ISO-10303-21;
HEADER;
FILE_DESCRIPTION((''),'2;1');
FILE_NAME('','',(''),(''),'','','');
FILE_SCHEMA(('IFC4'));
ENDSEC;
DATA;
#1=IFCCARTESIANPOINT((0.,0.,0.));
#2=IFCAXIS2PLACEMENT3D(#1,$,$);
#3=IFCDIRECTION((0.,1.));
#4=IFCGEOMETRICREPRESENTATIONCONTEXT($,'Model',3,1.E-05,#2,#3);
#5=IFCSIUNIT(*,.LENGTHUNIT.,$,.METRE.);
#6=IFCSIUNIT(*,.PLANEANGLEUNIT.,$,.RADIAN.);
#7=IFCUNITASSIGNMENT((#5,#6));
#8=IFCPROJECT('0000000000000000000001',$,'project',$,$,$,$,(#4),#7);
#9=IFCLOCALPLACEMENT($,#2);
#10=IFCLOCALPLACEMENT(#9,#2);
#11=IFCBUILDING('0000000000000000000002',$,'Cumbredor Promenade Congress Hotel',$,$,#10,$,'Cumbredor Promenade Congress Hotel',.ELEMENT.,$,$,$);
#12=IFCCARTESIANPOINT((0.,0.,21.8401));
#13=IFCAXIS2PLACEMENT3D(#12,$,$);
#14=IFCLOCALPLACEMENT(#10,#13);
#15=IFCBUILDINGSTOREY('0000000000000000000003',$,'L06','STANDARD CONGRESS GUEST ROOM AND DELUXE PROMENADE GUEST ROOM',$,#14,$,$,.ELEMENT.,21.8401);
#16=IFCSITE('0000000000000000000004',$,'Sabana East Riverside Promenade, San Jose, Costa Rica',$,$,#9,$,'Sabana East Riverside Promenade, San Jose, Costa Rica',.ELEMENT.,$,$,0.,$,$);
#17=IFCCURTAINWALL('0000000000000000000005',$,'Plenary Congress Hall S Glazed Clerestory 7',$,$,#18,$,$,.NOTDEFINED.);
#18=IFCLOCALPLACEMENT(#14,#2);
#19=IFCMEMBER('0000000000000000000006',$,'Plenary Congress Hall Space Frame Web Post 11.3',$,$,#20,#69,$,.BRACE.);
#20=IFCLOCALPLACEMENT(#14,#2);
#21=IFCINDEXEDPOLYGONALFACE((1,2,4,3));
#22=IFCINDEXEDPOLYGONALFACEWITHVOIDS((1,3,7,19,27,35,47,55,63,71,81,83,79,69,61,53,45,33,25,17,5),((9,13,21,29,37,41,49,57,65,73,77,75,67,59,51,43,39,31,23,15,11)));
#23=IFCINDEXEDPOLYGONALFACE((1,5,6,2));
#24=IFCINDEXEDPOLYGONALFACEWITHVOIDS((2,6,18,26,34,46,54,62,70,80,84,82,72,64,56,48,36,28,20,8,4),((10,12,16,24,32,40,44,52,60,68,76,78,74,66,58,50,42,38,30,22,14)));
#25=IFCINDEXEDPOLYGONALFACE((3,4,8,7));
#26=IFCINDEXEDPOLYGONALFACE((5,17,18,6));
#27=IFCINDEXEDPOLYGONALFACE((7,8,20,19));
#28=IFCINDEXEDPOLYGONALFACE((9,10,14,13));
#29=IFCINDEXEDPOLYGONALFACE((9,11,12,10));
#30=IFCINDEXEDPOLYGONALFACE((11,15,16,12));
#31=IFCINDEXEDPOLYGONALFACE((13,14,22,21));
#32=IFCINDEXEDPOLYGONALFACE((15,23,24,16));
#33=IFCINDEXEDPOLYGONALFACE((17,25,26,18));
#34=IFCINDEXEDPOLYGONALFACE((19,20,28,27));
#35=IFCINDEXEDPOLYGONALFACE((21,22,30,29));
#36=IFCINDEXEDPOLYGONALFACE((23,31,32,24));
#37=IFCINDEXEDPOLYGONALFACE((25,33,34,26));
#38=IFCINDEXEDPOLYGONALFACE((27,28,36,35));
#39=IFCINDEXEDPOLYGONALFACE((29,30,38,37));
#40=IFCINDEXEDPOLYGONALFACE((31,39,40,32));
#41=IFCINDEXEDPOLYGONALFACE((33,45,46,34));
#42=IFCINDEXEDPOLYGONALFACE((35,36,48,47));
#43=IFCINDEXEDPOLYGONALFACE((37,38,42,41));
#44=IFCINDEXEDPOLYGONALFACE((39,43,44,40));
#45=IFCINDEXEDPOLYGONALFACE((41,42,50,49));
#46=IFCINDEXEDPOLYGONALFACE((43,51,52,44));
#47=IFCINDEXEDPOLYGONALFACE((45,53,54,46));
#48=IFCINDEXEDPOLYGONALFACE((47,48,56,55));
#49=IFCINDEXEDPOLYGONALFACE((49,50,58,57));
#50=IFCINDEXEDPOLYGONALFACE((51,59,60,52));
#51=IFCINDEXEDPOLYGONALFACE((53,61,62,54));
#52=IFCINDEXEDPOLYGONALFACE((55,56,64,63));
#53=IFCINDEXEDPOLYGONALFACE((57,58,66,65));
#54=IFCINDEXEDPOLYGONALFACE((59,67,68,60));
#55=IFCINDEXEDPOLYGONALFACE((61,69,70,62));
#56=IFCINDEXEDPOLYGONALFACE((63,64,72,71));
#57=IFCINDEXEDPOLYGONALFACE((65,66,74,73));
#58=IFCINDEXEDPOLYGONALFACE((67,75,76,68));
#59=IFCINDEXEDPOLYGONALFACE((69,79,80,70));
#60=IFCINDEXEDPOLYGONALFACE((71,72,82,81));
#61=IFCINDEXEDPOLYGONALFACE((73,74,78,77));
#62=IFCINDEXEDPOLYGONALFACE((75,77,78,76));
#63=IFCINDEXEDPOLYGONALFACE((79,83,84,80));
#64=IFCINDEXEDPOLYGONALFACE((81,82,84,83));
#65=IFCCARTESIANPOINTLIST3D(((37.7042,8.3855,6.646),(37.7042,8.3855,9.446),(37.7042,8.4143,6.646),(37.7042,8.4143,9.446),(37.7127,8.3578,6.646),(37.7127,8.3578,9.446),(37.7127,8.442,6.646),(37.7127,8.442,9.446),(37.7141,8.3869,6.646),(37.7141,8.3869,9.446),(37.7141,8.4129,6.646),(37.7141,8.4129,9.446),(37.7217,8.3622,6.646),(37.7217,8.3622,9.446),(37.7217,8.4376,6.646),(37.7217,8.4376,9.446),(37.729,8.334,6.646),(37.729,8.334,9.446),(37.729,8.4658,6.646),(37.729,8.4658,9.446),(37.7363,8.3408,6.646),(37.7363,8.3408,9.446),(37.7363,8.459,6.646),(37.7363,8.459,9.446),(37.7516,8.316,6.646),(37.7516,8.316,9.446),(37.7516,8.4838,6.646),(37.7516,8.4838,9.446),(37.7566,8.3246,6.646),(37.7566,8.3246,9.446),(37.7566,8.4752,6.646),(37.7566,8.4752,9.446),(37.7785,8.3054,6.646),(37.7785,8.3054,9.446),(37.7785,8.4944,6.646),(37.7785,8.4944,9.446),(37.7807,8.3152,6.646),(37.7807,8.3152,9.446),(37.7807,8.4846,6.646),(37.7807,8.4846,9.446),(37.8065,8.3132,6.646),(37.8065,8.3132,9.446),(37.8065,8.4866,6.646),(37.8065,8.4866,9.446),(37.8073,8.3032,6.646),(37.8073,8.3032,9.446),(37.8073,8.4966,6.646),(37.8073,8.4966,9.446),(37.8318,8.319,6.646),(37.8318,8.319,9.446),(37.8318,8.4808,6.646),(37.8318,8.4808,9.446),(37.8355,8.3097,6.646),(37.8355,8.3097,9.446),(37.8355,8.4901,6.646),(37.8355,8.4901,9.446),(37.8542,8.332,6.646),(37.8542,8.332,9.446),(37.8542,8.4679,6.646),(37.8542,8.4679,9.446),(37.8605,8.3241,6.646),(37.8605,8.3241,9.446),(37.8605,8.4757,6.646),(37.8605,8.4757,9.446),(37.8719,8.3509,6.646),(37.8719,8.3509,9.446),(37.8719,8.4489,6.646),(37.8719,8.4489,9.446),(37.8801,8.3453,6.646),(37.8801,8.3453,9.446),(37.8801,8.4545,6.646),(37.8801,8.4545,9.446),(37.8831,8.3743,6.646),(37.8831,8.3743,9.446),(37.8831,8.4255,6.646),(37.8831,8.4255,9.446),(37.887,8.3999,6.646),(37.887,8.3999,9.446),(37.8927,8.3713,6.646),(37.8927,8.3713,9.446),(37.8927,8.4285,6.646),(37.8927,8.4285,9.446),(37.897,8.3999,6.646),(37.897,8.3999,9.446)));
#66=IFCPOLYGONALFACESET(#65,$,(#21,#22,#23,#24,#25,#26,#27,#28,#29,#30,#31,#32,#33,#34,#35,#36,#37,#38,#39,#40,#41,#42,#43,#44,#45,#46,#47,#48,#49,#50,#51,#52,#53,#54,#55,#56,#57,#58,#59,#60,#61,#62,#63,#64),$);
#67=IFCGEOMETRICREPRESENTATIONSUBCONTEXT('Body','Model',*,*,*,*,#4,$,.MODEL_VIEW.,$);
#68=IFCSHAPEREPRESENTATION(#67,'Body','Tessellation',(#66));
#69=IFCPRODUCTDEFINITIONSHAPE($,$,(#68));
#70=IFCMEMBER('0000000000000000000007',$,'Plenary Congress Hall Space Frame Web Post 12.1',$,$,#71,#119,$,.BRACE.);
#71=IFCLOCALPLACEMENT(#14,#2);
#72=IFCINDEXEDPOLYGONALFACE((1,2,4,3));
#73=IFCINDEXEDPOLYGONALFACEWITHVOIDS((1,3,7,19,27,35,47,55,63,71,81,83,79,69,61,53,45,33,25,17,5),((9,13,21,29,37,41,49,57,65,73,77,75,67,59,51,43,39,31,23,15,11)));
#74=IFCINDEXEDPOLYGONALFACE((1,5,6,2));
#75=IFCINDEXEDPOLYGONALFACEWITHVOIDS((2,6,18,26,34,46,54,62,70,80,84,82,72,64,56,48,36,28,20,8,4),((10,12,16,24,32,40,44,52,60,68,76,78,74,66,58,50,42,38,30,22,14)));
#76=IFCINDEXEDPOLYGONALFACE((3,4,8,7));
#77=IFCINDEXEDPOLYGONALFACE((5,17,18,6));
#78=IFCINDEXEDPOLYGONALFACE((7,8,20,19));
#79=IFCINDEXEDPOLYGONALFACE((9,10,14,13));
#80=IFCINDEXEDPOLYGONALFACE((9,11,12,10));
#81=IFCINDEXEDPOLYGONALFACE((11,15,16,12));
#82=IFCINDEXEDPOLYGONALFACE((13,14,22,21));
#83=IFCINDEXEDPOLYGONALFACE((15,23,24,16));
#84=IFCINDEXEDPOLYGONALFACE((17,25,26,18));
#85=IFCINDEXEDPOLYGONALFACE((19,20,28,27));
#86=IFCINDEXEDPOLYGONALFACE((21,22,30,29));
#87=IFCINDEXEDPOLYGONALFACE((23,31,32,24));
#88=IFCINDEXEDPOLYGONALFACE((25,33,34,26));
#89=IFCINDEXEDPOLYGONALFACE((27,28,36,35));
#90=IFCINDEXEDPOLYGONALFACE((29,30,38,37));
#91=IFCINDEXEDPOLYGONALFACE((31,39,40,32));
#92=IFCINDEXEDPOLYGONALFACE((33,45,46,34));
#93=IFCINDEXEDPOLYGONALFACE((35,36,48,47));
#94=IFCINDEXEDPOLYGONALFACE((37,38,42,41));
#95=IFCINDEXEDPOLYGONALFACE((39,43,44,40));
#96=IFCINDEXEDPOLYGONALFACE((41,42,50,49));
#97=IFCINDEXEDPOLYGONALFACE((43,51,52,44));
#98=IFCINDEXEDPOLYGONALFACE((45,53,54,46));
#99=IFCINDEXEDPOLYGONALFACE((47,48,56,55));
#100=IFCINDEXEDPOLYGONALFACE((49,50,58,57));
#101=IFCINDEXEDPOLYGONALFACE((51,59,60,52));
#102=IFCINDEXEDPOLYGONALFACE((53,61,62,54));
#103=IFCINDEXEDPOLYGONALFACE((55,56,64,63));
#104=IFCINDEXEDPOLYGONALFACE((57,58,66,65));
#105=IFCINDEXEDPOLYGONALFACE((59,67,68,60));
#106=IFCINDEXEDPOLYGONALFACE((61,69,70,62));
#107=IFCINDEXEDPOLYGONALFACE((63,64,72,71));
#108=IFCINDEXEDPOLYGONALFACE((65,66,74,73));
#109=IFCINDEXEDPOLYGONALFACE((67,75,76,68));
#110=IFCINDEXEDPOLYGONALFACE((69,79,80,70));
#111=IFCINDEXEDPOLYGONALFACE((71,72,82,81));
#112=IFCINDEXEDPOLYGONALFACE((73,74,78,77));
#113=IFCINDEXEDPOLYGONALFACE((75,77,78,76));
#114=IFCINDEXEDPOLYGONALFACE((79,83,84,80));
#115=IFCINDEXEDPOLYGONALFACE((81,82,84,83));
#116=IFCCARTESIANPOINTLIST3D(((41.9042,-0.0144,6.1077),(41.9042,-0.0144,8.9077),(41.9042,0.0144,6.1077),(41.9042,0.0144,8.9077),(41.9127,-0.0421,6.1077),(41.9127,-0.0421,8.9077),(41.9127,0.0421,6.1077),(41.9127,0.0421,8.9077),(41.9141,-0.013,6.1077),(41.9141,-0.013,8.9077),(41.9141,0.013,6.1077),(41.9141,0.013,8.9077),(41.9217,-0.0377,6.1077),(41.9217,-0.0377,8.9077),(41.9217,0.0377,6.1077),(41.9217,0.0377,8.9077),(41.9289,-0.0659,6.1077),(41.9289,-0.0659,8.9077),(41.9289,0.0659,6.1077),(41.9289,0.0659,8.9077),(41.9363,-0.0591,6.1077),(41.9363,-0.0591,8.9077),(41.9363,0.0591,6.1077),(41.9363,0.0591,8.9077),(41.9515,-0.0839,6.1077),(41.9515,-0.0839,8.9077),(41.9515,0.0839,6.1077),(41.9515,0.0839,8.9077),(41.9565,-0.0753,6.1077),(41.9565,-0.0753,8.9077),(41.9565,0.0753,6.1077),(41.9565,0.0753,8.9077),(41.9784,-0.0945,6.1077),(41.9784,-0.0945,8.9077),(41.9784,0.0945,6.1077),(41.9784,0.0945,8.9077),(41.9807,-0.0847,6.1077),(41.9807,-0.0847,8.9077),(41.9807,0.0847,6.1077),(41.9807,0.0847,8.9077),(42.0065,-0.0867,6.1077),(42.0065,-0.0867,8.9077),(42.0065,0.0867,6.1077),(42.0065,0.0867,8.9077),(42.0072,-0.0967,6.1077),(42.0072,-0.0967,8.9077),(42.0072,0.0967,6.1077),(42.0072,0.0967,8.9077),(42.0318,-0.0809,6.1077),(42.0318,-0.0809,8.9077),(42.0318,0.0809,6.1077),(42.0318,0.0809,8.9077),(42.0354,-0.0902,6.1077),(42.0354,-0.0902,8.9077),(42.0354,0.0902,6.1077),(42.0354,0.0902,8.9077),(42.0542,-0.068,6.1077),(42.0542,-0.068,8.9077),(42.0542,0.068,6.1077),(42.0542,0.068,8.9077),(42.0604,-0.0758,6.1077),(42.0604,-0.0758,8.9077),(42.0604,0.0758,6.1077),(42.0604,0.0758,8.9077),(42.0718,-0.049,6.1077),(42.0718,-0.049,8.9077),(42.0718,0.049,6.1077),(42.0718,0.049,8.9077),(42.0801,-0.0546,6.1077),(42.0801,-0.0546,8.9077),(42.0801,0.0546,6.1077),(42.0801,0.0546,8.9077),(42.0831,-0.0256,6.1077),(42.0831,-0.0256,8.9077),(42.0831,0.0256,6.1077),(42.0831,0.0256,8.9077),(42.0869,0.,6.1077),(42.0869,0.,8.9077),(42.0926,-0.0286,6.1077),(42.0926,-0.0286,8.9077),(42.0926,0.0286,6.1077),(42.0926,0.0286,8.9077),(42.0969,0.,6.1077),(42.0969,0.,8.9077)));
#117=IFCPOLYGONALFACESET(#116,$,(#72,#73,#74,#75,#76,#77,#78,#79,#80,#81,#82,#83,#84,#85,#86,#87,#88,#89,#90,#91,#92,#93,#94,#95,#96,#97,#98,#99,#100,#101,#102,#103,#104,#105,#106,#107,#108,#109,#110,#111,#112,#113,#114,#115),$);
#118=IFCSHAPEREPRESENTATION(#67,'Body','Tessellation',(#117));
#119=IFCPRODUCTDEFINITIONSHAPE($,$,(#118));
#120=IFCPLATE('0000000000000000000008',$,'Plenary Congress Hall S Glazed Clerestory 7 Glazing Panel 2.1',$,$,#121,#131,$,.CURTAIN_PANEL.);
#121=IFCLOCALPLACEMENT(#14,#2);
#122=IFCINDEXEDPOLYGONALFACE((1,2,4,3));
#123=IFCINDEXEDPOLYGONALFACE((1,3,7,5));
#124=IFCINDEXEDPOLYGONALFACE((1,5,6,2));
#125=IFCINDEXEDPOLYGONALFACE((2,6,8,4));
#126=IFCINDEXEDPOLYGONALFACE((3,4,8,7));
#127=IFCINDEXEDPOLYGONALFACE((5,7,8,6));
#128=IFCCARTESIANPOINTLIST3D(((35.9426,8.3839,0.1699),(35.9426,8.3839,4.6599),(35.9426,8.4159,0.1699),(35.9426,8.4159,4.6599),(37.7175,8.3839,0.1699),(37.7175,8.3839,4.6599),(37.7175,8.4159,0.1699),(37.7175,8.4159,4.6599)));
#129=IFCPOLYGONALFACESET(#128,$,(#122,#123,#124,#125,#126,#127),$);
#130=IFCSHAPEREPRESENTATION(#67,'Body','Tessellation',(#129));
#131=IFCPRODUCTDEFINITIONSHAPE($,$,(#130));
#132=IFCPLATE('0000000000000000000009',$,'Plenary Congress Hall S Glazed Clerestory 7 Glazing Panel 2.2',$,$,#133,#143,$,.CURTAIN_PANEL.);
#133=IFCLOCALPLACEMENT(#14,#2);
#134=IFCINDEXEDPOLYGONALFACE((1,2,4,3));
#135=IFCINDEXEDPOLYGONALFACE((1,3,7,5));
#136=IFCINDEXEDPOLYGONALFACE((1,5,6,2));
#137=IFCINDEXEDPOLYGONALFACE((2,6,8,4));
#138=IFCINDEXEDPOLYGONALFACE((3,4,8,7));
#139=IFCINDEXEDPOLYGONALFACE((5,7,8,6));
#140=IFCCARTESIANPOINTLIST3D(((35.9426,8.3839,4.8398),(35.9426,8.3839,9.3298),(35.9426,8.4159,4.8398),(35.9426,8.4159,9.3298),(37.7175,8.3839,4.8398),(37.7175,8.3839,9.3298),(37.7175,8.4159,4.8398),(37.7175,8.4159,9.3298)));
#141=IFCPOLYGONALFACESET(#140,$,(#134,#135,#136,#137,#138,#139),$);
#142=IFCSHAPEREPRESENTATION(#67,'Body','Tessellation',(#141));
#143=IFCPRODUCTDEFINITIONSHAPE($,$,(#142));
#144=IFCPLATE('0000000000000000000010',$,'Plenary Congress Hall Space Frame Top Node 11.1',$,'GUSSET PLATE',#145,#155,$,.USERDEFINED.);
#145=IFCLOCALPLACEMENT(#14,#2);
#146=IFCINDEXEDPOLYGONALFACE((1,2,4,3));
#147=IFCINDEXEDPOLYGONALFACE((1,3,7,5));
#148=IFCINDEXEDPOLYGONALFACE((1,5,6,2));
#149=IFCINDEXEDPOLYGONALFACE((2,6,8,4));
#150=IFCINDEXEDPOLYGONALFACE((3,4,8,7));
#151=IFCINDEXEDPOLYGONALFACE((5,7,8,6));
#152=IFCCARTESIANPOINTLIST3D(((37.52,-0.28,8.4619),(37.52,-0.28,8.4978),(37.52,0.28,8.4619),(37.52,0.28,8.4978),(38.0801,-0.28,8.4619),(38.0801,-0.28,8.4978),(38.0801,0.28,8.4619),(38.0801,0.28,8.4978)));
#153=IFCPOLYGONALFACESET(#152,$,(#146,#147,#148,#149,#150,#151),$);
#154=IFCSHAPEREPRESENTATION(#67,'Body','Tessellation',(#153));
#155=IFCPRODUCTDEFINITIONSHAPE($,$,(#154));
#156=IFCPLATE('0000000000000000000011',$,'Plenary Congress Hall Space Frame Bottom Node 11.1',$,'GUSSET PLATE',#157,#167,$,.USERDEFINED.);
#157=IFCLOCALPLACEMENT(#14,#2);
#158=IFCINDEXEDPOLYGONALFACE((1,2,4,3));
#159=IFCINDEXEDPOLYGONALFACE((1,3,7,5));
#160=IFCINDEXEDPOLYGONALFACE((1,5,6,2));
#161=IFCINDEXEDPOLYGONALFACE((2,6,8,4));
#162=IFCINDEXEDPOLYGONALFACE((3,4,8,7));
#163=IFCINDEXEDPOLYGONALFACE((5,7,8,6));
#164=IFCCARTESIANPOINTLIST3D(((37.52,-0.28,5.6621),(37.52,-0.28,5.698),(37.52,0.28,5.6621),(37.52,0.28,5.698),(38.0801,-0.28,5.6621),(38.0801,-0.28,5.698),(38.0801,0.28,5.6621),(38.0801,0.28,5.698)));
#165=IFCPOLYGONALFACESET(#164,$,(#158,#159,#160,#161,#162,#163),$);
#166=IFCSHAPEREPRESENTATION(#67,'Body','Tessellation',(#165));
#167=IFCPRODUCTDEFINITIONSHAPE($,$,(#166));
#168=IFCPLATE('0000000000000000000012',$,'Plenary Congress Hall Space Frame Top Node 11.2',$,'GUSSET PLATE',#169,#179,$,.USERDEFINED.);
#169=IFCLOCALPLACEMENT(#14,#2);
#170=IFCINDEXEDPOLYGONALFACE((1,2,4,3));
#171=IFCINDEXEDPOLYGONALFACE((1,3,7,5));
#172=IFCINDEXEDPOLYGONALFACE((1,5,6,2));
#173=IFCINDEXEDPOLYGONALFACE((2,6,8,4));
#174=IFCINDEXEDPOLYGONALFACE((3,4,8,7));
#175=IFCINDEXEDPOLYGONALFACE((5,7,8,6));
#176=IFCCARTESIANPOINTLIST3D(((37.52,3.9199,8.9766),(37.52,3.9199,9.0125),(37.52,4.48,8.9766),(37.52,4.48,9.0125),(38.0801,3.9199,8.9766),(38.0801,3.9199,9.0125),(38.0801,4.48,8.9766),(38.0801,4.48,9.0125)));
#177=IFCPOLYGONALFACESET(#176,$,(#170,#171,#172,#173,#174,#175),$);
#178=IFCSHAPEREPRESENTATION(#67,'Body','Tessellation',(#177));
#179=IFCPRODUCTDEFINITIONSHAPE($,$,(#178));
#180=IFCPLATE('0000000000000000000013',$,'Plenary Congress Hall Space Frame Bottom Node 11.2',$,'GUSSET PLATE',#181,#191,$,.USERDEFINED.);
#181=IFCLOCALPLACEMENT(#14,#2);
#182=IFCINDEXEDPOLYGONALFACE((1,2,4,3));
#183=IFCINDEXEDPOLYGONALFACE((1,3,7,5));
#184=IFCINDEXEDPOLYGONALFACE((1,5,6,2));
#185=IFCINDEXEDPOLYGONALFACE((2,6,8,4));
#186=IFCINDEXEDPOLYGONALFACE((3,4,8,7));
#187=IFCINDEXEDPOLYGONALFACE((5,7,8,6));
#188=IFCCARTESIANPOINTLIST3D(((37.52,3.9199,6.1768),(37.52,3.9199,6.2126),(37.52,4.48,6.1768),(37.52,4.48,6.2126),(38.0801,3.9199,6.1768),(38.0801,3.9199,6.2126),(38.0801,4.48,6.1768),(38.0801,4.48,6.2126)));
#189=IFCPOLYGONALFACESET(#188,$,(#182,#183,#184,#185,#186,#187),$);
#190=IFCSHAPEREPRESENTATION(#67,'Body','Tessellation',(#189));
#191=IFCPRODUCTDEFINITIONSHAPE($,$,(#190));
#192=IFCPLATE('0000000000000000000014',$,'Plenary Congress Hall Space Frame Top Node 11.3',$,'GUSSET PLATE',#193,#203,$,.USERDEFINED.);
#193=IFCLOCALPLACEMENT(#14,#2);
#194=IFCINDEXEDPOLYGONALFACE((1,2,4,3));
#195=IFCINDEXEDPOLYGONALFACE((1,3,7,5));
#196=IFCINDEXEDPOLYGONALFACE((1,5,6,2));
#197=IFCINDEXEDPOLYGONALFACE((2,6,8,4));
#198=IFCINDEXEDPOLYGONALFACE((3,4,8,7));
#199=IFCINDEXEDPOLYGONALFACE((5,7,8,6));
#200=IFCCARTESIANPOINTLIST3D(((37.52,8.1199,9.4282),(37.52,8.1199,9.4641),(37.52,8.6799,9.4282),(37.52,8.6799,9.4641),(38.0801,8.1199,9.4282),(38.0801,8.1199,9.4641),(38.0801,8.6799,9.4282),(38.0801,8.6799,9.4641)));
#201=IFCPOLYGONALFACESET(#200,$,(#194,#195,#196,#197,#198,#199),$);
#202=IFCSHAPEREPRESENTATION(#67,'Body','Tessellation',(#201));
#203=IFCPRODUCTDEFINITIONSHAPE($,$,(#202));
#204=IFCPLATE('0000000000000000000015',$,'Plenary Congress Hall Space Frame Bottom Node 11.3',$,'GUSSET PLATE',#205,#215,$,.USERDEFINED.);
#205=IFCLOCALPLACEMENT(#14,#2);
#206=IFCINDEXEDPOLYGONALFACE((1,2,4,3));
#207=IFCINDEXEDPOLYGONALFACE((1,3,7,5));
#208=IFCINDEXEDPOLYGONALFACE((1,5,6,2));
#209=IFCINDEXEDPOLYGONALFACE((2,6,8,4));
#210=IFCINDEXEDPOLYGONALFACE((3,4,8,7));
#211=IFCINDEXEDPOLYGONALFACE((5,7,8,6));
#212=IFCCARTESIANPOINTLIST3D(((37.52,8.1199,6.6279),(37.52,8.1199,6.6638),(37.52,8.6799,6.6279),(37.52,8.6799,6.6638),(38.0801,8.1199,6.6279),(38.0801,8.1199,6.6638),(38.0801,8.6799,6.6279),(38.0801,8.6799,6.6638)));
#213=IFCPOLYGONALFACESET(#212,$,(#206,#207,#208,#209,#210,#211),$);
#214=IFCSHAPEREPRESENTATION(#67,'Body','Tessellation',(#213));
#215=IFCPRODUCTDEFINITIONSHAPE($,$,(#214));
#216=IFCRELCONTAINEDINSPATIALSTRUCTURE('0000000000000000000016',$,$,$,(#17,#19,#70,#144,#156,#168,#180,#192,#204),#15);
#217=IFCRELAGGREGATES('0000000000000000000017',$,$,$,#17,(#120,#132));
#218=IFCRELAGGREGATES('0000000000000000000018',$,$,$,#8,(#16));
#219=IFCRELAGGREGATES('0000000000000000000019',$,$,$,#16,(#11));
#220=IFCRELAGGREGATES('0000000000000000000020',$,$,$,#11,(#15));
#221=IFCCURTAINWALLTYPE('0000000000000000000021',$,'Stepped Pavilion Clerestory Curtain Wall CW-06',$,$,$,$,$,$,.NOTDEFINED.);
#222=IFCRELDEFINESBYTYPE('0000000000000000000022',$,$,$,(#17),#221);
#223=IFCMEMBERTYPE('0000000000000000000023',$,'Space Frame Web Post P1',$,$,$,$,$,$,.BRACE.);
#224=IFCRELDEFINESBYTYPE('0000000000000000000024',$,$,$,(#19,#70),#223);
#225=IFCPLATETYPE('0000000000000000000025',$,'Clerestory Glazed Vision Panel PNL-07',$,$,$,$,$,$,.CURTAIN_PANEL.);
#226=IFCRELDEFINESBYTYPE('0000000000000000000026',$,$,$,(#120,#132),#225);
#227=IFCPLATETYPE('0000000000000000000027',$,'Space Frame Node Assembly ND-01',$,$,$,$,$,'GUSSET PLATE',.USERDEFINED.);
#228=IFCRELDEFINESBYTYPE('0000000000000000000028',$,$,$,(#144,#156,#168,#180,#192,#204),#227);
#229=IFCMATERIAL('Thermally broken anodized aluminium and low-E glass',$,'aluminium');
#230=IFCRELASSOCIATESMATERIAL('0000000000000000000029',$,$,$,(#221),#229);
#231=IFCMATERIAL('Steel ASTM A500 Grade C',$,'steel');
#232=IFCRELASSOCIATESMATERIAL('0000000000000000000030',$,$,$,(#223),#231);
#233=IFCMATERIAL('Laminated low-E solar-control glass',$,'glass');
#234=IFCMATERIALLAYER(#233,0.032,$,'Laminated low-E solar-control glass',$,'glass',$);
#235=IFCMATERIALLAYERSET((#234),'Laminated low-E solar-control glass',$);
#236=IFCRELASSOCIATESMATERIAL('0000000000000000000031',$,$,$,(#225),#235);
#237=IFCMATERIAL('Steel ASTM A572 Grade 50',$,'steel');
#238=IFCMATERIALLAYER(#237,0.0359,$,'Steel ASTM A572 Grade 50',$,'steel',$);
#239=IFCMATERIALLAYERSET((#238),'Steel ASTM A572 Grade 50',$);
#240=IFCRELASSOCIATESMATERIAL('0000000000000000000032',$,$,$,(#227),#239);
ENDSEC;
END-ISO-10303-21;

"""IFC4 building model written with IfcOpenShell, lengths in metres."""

from ifc_helpers import new_model, si_unit, direction, frame, origin, origin_2d, place, context, subcontext, project, spatial, rectangle, hollow_circle, extrude, material, layer, layer_set, material_profile, profile_set, type_object, element, aggregate, save


model = new_model("IFC4")

# Units and contexts
model_context = context("Model", 3, precision=1e-05, world=origin(), true_north=direction((0.0, 1.0)))
body_context = subcontext(model_context, "Body", "Model", "MODEL_VIEW")
ifc_project = project(units=[si_unit("LENGTHUNIT", "METRE"), si_unit("PLANEANGLEUNIT", "RADIAN")], contexts=[model_context])

# Site, building, storey
site_placement = place(None, origin())
site = spatial("IfcSite", under=ifc_project, at=site_placement, Name="Sabana East Riverside Promenade, San Jose, Costa Rica", LongName="Sabana East Riverside Promenade, San Jose, Costa Rica", CompositionType="ELEMENT", RefElevation=0.0)
building_placement = place(site_placement, origin())
building = spatial("IfcBuilding", under=site, at=building_placement, Name="Cumbredor Promenade Congress Hotel", LongName="Cumbredor Promenade Congress Hotel", CompositionType="ELEMENT")
storey_placement = place(building_placement, frame((0.0, 0.0, 21.8401)))
storey = spatial("IfcBuildingStorey", under=building, at=storey_placement, Name="L06", Description="STANDARD CONGRESS GUEST ROOM AND DELUXE PROMENADE GUEST ROOM", CompositionType="ELEMENT", Elevation=21.8401)

# Curtain wall
ifc_material_1 = material(Name="Thermally broken anodized aluminium and low-E glass", Category="aluminium")
curtain_wall_type = type_object("IfcCurtainWallType", Name="Stepped Pavilion Clerestory Curtain Wall CW-06", PredefinedType="NOTDEFINED", material=ifc_material_1)
curtain_wall_placement = place(storey_placement, origin())
curtain_wall = element("IfcCurtainWall", 1, at=curtain_wall_placement, inside=storey, type_object=curtain_wall_type, Name="Plenary Congress Hall S Glazed Clerestory 7", PredefinedType="NOTDEFINED")

# Members
ifc_material_2 = material(Name="Steel ASTM A500 Grade C", Category="steel")
ifc_material_profile_1 = material_profile(ifc_material_2, hollow_circle(Radius=0.0969, WallThickness=0.01, at=origin_2d()), Name="CHS 193.7x10")
ifc_profile_set_1 = profile_set([ifc_material_profile_1], Name="Steel ASTM A500 Grade C")
member_type_1 = type_object("IfcMemberType", Name="Space Frame Web Post P1", PredefinedType="BRACE", material=ifc_profile_set_1)
for number, where, z_axis, x_axis, name in (
    (2, (37.8, 8.3999, 6.646), (0.0, 0.0, 1.0), (1.0, 0.0, 0.0), "Plenary Congress Hall Space Frame Web Post 11.3"),
    (3, (42.0, 0.0, 6.1077), (0.0, 0.0, 1.0), (1.0, 0.0, 0.0), "Plenary Congress Hall Space Frame Web Post 12.1"),
):
    element("IfcMember", number, at=place(storey_placement, frame(where, z_axis=z_axis, x_axis=x_axis)), inside=storey, type_object=member_type_1, Name=name, PredefinedType="BRACE", context=body_context, shape_type="SweptSolid", body=[
        extrude(hollow_circle(Radius=0.0969, WallThickness=0.01, at=origin_2d()), origin(), (0.0, 0.0, 1.0), 2.8),
    ])

# Plates
ifc_material_3 = material(Name="Laminated low-E solar-control glass", Category="glass")
ifc_layer_1 = layer(ifc_material_3, 0.032, Name="Laminated low-E solar-control glass", Category="glass")
ifc_layer_set_1 = layer_set([ifc_layer_1], Name="Laminated low-E solar-control glass")
plate_type_1 = type_object("IfcPlateType", Name="Clerestory Glazed Vision Panel PNL-07", PredefinedType="CURTAIN_PANEL", material=ifc_layer_set_1)
plate_1_placement = place(storey_placement, frame((36.8301, 8.3999, 0.1699), z_axis=(0.0, 0.0, 1.0), x_axis=(1.0, 0.0, 0.0)))
plate_1 = element("IfcPlate", 4, at=plate_1_placement, type_object=plate_type_1, Name="Plenary Congress Hall S Glazed Clerestory 7 Glazing Panel 2.1", PredefinedType="CURTAIN_PANEL", context=body_context, shape_type="SweptSolid", body=[
    extrude(rectangle(XDim=1.7749, YDim=0.032, at=origin_2d()), origin(), (0.0, 0.0, 1.0), 4.49),
])
plate_2_placement = place(storey_placement, frame((36.8301, 8.3999, 4.8398), z_axis=(0.0, 0.0, 1.0), x_axis=(1.0, 0.0, 0.0)))
plate_2 = element("IfcPlate", 5, at=plate_2_placement, type_object=plate_type_1, Name="Plenary Congress Hall S Glazed Clerestory 7 Glazing Panel 2.2", PredefinedType="CURTAIN_PANEL", context=body_context, shape_type="SweptSolid", body=[
    extrude(rectangle(XDim=1.7749, YDim=0.032, at=origin_2d()), origin(), (0.0, 0.0, 1.0), 4.49),
])
aggregate(curtain_wall, [plate_1, plate_2])

# Plates
ifc_material_4 = material(Name="Steel ASTM A572 Grade 50", Category="steel")
ifc_layer_2 = layer(ifc_material_4, 0.0359, Name="Steel ASTM A572 Grade 50", Category="steel")
ifc_layer_set_2 = layer_set([ifc_layer_2], Name="Steel ASTM A572 Grade 50")
plate_type_2 = type_object("IfcPlateType", Name="Space Frame Node Assembly ND-01", ElementType="GUSSET PLATE", PredefinedType="USERDEFINED", material=ifc_layer_set_2)
for number, where, z_axis, x_axis, name in (
    (6, (37.8, 0.0, 8.4619), (0.0, 0.0, 1.0), (1.0, 0.0, 0.0), "Plenary Congress Hall Space Frame Top Node 11.1"),
    (7, (37.8, 0.0, 5.6621), (0.0, 0.0, 1.0), (1.0, 0.0, 0.0), "Plenary Congress Hall Space Frame Bottom Node 11.1"),
    (8, (37.8, 4.2, 8.9766), (0.0, 0.0, 1.0), (1.0, 0.0, 0.0), "Plenary Congress Hall Space Frame Top Node 11.2"),
    (9, (37.8, 4.2, 6.1768), (0.0, 0.0, 1.0), (1.0, 0.0, 0.0), "Plenary Congress Hall Space Frame Bottom Node 11.2"),
    (10, (37.8, 8.3999, 9.4282), (0.0, 0.0, 1.0), (1.0, 0.0, 0.0), "Plenary Congress Hall Space Frame Top Node 11.3"),
    (11, (37.8, 8.3999, 6.6279), (0.0, 0.0, 1.0), (1.0, 0.0, 0.0), "Plenary Congress Hall Space Frame Bottom Node 11.3"),
):
    element("IfcPlate", number, at=place(storey_placement, frame(where, z_axis=z_axis, x_axis=x_axis)), inside=storey, type_object=plate_type_2, Name=name, ObjectType="GUSSET PLATE", PredefinedType="USERDEFINED", context=body_context, shape_type="SweptSolid", body=[
        extrude(rectangle(XDim=0.5601, YDim=0.5601, at=origin_2d()), origin(), (0.0, 0.0, 1.0), 0.0359),
    ])

save(model, "model.ifc")
